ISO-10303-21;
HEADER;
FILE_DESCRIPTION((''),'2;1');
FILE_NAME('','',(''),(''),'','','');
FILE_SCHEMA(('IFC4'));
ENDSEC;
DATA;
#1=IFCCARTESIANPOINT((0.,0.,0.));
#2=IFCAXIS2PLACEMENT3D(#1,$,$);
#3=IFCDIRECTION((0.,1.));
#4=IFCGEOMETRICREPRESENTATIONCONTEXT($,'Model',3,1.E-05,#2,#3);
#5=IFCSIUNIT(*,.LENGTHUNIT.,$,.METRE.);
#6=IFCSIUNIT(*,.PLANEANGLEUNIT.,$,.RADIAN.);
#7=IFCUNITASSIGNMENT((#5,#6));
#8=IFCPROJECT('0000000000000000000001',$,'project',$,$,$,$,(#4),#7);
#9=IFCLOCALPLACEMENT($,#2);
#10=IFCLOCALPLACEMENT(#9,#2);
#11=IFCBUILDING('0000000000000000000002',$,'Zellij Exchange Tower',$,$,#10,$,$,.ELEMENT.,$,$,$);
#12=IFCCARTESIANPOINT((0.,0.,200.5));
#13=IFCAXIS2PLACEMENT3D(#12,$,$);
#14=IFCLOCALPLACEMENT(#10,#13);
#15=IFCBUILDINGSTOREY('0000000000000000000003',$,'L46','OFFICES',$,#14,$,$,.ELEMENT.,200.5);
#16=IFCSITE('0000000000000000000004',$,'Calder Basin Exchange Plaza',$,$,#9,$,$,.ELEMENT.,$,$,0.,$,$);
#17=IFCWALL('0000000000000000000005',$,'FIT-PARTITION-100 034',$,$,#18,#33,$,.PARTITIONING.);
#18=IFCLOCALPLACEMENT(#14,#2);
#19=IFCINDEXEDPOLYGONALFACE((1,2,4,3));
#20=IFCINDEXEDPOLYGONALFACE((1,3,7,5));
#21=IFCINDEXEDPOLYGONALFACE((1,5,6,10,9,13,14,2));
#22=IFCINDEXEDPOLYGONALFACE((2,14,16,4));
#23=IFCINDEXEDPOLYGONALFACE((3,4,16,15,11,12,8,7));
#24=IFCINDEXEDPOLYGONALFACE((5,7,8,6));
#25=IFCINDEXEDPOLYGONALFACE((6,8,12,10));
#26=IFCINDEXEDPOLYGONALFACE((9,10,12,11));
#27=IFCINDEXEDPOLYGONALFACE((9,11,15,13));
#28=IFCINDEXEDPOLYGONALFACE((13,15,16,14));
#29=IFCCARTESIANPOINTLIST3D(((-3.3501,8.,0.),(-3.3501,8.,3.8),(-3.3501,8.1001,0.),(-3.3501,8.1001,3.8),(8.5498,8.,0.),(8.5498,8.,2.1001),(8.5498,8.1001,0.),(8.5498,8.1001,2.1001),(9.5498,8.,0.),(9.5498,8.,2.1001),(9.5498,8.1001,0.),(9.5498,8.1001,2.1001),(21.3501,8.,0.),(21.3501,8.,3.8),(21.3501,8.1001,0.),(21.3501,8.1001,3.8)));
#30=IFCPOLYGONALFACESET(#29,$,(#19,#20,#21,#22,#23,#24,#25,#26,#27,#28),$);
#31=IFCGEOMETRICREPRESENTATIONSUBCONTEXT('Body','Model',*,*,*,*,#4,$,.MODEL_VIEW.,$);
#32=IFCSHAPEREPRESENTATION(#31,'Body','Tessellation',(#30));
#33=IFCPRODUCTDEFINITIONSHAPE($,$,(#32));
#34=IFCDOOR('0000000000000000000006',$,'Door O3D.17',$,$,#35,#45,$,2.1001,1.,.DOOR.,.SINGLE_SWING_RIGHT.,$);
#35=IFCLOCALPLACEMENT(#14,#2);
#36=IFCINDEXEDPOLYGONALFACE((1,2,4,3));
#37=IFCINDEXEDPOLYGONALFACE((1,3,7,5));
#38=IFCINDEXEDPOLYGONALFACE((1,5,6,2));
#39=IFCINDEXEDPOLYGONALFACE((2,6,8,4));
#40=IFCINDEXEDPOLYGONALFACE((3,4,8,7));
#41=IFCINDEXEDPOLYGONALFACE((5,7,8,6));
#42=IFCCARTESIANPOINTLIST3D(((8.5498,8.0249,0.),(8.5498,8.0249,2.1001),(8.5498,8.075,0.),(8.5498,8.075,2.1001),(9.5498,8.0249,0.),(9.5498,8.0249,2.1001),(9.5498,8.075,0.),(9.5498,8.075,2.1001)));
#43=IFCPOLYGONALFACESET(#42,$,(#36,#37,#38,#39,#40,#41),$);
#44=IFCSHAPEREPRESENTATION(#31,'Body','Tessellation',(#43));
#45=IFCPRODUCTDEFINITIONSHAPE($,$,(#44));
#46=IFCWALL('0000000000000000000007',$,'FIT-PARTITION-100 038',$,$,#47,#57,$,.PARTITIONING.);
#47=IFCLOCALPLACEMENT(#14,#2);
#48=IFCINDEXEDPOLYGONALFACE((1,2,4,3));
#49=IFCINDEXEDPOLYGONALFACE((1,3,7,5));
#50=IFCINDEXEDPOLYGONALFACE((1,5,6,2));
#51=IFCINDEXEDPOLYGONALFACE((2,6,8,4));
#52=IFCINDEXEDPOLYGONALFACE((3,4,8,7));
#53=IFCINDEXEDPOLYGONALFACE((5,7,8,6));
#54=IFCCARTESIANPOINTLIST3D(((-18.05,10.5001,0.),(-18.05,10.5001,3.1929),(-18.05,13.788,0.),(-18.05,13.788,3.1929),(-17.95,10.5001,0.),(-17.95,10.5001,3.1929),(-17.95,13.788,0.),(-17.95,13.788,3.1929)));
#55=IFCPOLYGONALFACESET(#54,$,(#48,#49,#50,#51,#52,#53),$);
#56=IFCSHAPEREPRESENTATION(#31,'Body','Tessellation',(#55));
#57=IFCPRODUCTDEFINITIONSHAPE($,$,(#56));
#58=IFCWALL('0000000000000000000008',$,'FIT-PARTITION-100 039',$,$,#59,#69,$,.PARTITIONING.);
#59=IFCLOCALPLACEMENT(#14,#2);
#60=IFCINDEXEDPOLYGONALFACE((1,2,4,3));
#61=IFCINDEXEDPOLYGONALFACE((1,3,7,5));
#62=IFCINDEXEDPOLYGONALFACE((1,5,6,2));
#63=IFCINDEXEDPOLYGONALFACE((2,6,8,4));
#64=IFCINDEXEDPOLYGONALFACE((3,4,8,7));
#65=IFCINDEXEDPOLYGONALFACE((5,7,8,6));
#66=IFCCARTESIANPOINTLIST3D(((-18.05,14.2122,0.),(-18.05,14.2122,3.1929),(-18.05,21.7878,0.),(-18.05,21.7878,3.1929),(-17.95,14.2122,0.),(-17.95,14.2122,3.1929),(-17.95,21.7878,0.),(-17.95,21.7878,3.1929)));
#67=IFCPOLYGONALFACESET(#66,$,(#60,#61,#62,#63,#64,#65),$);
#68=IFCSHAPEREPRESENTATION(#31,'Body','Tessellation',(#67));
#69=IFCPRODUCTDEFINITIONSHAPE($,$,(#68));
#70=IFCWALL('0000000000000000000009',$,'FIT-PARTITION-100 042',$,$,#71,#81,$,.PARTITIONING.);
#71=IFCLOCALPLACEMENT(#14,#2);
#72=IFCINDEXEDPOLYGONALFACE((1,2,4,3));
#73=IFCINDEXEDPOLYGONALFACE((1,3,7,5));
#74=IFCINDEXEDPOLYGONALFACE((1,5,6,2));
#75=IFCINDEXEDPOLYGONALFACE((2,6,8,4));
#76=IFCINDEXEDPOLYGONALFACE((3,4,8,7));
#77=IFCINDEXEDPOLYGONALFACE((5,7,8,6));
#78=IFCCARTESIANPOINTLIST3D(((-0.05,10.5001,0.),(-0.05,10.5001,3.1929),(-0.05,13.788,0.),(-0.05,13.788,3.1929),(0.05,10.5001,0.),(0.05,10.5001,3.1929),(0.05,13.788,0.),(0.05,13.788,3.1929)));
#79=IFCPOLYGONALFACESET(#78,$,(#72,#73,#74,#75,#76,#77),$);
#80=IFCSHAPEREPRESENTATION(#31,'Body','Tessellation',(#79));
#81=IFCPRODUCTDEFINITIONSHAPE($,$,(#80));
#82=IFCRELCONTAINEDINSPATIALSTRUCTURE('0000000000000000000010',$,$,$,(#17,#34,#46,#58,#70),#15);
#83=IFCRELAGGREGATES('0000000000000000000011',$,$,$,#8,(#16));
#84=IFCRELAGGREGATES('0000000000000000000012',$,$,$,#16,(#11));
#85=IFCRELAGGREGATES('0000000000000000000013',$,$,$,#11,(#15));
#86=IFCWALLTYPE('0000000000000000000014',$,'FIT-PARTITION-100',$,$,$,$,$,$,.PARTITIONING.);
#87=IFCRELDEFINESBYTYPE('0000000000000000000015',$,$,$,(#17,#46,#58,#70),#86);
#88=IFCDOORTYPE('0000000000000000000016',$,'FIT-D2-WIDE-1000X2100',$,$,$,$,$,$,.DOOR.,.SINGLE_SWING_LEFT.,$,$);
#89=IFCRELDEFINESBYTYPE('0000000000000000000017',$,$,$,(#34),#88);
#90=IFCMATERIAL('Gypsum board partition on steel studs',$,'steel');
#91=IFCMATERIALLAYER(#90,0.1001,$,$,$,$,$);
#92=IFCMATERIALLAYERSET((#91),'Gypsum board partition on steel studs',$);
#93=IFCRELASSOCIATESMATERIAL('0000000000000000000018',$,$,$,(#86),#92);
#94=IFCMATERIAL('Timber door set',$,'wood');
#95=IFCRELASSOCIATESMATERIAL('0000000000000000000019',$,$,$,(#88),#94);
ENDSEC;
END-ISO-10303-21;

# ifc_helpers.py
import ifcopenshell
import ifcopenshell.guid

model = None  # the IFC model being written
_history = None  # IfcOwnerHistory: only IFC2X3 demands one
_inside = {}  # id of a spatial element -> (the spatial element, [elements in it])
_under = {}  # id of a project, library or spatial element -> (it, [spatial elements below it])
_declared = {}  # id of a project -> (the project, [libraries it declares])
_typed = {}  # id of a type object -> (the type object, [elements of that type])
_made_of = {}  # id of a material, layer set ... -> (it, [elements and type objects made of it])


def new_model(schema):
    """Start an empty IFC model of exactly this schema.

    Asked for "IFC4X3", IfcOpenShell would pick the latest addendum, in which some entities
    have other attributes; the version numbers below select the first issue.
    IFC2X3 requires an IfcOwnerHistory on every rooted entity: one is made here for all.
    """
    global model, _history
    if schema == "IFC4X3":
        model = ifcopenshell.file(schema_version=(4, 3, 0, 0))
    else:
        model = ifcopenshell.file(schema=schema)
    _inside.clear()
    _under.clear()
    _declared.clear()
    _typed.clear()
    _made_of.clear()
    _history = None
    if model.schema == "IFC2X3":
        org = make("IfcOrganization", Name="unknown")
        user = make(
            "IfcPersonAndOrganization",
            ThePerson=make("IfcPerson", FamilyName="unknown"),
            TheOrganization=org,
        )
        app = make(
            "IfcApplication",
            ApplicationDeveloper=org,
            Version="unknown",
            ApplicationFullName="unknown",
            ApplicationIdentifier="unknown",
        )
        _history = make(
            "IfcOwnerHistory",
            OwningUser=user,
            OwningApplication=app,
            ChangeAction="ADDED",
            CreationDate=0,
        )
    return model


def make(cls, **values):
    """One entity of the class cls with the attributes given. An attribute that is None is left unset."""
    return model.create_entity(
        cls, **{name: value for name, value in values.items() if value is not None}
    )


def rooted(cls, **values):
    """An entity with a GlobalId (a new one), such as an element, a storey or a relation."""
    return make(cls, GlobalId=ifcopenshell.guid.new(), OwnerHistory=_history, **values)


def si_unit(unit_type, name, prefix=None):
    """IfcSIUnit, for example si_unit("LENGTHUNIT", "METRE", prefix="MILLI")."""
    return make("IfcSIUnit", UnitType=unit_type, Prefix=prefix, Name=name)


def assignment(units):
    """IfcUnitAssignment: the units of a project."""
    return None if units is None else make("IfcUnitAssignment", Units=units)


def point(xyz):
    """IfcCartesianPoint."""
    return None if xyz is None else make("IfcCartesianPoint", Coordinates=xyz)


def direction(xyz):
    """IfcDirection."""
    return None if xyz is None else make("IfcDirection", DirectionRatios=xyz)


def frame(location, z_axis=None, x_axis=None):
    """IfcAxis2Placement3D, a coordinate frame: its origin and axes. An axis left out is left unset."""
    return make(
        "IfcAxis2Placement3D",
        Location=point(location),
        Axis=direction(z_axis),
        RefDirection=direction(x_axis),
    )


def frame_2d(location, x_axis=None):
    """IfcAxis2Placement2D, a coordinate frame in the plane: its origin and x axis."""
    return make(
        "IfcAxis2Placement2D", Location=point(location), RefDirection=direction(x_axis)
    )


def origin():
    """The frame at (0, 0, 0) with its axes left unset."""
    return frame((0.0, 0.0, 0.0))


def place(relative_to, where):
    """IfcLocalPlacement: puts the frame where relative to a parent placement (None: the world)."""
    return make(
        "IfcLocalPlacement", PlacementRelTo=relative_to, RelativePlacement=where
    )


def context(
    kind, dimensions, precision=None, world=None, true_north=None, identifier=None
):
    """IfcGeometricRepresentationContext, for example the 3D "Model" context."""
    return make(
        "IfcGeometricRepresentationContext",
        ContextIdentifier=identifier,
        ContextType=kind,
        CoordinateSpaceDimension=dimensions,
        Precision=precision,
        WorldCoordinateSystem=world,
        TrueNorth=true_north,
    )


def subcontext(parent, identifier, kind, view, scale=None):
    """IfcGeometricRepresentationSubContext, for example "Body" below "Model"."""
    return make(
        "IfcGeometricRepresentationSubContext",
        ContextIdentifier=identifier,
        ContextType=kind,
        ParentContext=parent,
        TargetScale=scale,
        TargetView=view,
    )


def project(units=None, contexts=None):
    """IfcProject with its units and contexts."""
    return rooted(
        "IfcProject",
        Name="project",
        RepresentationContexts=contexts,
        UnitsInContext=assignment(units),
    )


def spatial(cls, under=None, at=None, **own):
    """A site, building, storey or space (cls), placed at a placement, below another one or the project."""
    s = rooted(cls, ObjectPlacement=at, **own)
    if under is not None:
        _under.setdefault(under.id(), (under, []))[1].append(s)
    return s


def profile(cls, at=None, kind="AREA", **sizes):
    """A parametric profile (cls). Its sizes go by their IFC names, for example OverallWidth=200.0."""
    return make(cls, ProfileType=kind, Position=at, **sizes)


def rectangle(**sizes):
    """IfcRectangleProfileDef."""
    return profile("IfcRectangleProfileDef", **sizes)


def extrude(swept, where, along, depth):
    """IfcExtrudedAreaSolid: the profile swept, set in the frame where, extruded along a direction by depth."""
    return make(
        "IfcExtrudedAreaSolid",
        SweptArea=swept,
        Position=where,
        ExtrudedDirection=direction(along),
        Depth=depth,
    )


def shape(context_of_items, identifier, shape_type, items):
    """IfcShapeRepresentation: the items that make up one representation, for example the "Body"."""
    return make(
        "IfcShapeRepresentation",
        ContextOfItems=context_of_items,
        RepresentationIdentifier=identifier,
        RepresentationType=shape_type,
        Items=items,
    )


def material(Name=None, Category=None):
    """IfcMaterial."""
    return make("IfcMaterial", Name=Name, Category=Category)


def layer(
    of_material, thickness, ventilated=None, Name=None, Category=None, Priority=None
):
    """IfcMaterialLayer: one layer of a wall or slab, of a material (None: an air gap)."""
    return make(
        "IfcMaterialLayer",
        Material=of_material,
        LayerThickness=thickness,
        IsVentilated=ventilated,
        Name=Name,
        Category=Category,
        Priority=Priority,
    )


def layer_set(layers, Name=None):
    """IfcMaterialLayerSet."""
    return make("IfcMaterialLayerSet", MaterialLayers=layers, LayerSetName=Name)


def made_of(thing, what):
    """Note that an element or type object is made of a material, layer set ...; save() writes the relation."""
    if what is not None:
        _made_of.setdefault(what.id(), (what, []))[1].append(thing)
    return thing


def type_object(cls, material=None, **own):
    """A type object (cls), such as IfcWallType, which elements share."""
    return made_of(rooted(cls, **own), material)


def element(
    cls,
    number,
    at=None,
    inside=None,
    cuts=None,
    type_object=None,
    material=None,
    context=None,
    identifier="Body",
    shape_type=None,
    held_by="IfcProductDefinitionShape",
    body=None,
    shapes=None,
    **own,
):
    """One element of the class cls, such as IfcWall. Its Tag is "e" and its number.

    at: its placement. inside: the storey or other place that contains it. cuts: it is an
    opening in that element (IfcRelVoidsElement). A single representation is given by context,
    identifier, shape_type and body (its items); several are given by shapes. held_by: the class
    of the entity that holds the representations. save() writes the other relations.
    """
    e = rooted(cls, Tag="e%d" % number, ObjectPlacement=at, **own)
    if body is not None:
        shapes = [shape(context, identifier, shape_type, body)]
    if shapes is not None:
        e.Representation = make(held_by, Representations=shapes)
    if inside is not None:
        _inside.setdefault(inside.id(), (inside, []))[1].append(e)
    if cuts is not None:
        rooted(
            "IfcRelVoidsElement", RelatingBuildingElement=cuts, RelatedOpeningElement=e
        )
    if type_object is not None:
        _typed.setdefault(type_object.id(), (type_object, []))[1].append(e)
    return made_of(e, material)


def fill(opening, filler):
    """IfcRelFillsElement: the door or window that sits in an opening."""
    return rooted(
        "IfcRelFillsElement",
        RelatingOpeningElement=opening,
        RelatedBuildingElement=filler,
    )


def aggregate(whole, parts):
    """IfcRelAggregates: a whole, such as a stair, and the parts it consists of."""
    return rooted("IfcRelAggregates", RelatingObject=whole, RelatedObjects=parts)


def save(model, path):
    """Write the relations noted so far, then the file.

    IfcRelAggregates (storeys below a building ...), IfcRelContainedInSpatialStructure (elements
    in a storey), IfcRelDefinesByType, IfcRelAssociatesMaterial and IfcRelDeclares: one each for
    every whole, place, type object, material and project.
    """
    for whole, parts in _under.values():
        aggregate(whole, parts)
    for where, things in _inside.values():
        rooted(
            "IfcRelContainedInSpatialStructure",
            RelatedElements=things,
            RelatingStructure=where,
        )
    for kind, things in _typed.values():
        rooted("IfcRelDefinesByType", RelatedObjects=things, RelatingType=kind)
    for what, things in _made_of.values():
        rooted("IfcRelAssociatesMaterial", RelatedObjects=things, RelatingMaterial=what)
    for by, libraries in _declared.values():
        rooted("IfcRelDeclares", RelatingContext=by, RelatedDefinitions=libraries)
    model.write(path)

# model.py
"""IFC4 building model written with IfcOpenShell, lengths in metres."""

from ifc_helpers import new_model, si_unit, direction, frame, frame_2d, origin, place, context, subcontext, project, spatial, rectangle, extrude, material, layer, layer_set, type_object, element, fill, save


model = new_model("IFC4")

# Units and contexts
model_context = context("Model", 3, precision=1e-05, world=origin(), true_north=direction((0.0, 1.0)))
body_context = subcontext(model_context, "Body", "Model", "MODEL_VIEW")
ifc_project = project(units=[si_unit("LENGTHUNIT", "METRE"), si_unit("PLANEANGLEUNIT", "RADIAN")], contexts=[model_context])

# Site, building, storey
site_placement = place(None, origin())
site = spatial("IfcSite", under=ifc_project, at=site_placement, Name="Calder Basin Exchange Plaza", CompositionType="ELEMENT", RefElevation=0.0)
building_placement = place(site_placement, origin())
building = spatial("IfcBuilding", under=site, at=building_placement, Name="Zellij Exchange Tower", CompositionType="ELEMENT")
storey_placement = place(building_placement, frame((0.0, 0.0, 200.5)))
storey = spatial("IfcBuildingStorey", under=building, at=storey_placement, Name="L46", Description="OFFICES", CompositionType="ELEMENT", Elevation=200.5)

# Shared definitions
ifc_material_1 = material(Name="Gypsum board partition on steel studs", Category="steel")
ifc_layer = layer(ifc_material_1, 0.1001)
ifc_layer_set = layer_set([ifc_layer], Name="Gypsum board partition on steel studs")
wall_type = type_object("IfcWallType", Name="FIT-PARTITION-100", PredefinedType="PARTITIONING", material=ifc_layer_set)
ifc_material_2 = material(Name="Timber door set", Category="wood")
door_type = type_object("IfcDoorType", Name="FIT-D2-WIDE-1000X2100", OperationType="SINGLE_SWING_LEFT", PredefinedType="DOOR", material=ifc_material_2)

# Wall, opening, door
wall_1_placement = place(storey_placement, frame((-3.3501, 8.05, 0.0), z_axis=(0.0, 0.0, 1.0), x_axis=(1.0, 0.0, 0.0)))
wall_1 = element("IfcWall", 1, at=wall_1_placement, inside=storey, type_object=wall_type, Name="FIT-PARTITION-100 034", PredefinedType="PARTITIONING", context=body_context, shape_type="SweptSolid", body=[
    extrude(rectangle(XDim=24.7002, YDim=0.1001, at=frame_2d((12.3501, 0.0))), origin(), (0.0, 0.0, 1.0), 3.8),
])
opening_1_placement = place(wall_1_placement, frame((11.8999, 0.0, 0.0)))
opening_1 = element("IfcOpeningElement", 2, at=opening_1_placement, cuts=wall_1, PredefinedType="OPENING", context=body_context, shape_type="SweptSolid", body=[
    extrude(rectangle(XDim=1.0, YDim=2.1001, at=frame_2d((0.5, 1.05))), frame((0.0, 0.062, 0.0), z_axis=(0.0, -1.0, 0.0), x_axis=(1.0, 0.0, 0.0)), (0.0, 0.0, 1.0), 0.124),
])
door_1_placement = place(opening_1_placement, origin())
door_1 = element("IfcDoor", 3, at=door_1_placement, inside=storey, type_object=door_type, Name="Door O3D.17", OperationType="SINGLE_SWING_RIGHT", OverallHeight=2.1001, OverallWidth=1.0, PredefinedType="DOOR", context=body_context, shape_type="SweptSolid", body=[
    extrude(rectangle(XDim=1.0, YDim=2.1001, at=frame_2d((0.5, 1.05))), frame((0.0, 0.0249, 0.0), z_axis=(0.0, -1.0, 0.0), x_axis=(1.0, 0.0, 0.0)), (0.0, 0.0, 1.0), 0.05),
])
fill(opening_1, door_1)

# Walls
wall_2_placement = place(storey_placement, frame((-18.0, 10.5, 0.0), z_axis=(0.0, 0.0, 1.0), x_axis=(0.0, 1.0, 0.0)))
element("IfcWall", 4, at=wall_2_placement, inside=storey, type_object=wall_type, Name="FIT-PARTITION-100 038", PredefinedType="PARTITIONING", context=body_context, shape_type="SweptSolid", body=[
    extrude(rectangle(XDim=3.2878, YDim=0.1001, at=frame_2d((1.644, 0.0))), origin(), (0.0, 0.0, 1.0), 3.1929),
])
wall_3_placement = place(storey_placement, frame((-18.0, 14.2122, 0.0), z_axis=(0.0, 0.0, 1.0), x_axis=(0.0, 1.0, 0.0)))
element("IfcWall", 5, at=wall_3_placement, inside=storey, type_object=wall_type, Name="FIT-PARTITION-100 039", PredefinedType="PARTITIONING", context=body_context, shape_type="SweptSolid", body=[
    extrude(rectangle(XDim=7.5757, YDim=0.1001, at=frame_2d((3.7878, 0.0))), origin(), (0.0, 0.0, 1.0), 3.1929),
])
wall_4_placement = place(storey_placement, frame((0.0, 10.5, 0.0), z_axis=(0.0, 0.0, 1.0), x_axis=(0.0, 1.0, 0.0)))
element("IfcWall", 6, at=wall_4_placement, inside=storey, type_object=wall_type, Name="FIT-PARTITION-100 042", PredefinedType="PARTITIONING", context=body_context, shape_type="SweptSolid", body=[
    extrude(rectangle(XDim=3.2878, YDim=0.1001, at=frame_2d((1.644, 0.0))), origin(), (0.0, 0.0, 1.0), 3.1929),
])

save(model, "model.ifc")
